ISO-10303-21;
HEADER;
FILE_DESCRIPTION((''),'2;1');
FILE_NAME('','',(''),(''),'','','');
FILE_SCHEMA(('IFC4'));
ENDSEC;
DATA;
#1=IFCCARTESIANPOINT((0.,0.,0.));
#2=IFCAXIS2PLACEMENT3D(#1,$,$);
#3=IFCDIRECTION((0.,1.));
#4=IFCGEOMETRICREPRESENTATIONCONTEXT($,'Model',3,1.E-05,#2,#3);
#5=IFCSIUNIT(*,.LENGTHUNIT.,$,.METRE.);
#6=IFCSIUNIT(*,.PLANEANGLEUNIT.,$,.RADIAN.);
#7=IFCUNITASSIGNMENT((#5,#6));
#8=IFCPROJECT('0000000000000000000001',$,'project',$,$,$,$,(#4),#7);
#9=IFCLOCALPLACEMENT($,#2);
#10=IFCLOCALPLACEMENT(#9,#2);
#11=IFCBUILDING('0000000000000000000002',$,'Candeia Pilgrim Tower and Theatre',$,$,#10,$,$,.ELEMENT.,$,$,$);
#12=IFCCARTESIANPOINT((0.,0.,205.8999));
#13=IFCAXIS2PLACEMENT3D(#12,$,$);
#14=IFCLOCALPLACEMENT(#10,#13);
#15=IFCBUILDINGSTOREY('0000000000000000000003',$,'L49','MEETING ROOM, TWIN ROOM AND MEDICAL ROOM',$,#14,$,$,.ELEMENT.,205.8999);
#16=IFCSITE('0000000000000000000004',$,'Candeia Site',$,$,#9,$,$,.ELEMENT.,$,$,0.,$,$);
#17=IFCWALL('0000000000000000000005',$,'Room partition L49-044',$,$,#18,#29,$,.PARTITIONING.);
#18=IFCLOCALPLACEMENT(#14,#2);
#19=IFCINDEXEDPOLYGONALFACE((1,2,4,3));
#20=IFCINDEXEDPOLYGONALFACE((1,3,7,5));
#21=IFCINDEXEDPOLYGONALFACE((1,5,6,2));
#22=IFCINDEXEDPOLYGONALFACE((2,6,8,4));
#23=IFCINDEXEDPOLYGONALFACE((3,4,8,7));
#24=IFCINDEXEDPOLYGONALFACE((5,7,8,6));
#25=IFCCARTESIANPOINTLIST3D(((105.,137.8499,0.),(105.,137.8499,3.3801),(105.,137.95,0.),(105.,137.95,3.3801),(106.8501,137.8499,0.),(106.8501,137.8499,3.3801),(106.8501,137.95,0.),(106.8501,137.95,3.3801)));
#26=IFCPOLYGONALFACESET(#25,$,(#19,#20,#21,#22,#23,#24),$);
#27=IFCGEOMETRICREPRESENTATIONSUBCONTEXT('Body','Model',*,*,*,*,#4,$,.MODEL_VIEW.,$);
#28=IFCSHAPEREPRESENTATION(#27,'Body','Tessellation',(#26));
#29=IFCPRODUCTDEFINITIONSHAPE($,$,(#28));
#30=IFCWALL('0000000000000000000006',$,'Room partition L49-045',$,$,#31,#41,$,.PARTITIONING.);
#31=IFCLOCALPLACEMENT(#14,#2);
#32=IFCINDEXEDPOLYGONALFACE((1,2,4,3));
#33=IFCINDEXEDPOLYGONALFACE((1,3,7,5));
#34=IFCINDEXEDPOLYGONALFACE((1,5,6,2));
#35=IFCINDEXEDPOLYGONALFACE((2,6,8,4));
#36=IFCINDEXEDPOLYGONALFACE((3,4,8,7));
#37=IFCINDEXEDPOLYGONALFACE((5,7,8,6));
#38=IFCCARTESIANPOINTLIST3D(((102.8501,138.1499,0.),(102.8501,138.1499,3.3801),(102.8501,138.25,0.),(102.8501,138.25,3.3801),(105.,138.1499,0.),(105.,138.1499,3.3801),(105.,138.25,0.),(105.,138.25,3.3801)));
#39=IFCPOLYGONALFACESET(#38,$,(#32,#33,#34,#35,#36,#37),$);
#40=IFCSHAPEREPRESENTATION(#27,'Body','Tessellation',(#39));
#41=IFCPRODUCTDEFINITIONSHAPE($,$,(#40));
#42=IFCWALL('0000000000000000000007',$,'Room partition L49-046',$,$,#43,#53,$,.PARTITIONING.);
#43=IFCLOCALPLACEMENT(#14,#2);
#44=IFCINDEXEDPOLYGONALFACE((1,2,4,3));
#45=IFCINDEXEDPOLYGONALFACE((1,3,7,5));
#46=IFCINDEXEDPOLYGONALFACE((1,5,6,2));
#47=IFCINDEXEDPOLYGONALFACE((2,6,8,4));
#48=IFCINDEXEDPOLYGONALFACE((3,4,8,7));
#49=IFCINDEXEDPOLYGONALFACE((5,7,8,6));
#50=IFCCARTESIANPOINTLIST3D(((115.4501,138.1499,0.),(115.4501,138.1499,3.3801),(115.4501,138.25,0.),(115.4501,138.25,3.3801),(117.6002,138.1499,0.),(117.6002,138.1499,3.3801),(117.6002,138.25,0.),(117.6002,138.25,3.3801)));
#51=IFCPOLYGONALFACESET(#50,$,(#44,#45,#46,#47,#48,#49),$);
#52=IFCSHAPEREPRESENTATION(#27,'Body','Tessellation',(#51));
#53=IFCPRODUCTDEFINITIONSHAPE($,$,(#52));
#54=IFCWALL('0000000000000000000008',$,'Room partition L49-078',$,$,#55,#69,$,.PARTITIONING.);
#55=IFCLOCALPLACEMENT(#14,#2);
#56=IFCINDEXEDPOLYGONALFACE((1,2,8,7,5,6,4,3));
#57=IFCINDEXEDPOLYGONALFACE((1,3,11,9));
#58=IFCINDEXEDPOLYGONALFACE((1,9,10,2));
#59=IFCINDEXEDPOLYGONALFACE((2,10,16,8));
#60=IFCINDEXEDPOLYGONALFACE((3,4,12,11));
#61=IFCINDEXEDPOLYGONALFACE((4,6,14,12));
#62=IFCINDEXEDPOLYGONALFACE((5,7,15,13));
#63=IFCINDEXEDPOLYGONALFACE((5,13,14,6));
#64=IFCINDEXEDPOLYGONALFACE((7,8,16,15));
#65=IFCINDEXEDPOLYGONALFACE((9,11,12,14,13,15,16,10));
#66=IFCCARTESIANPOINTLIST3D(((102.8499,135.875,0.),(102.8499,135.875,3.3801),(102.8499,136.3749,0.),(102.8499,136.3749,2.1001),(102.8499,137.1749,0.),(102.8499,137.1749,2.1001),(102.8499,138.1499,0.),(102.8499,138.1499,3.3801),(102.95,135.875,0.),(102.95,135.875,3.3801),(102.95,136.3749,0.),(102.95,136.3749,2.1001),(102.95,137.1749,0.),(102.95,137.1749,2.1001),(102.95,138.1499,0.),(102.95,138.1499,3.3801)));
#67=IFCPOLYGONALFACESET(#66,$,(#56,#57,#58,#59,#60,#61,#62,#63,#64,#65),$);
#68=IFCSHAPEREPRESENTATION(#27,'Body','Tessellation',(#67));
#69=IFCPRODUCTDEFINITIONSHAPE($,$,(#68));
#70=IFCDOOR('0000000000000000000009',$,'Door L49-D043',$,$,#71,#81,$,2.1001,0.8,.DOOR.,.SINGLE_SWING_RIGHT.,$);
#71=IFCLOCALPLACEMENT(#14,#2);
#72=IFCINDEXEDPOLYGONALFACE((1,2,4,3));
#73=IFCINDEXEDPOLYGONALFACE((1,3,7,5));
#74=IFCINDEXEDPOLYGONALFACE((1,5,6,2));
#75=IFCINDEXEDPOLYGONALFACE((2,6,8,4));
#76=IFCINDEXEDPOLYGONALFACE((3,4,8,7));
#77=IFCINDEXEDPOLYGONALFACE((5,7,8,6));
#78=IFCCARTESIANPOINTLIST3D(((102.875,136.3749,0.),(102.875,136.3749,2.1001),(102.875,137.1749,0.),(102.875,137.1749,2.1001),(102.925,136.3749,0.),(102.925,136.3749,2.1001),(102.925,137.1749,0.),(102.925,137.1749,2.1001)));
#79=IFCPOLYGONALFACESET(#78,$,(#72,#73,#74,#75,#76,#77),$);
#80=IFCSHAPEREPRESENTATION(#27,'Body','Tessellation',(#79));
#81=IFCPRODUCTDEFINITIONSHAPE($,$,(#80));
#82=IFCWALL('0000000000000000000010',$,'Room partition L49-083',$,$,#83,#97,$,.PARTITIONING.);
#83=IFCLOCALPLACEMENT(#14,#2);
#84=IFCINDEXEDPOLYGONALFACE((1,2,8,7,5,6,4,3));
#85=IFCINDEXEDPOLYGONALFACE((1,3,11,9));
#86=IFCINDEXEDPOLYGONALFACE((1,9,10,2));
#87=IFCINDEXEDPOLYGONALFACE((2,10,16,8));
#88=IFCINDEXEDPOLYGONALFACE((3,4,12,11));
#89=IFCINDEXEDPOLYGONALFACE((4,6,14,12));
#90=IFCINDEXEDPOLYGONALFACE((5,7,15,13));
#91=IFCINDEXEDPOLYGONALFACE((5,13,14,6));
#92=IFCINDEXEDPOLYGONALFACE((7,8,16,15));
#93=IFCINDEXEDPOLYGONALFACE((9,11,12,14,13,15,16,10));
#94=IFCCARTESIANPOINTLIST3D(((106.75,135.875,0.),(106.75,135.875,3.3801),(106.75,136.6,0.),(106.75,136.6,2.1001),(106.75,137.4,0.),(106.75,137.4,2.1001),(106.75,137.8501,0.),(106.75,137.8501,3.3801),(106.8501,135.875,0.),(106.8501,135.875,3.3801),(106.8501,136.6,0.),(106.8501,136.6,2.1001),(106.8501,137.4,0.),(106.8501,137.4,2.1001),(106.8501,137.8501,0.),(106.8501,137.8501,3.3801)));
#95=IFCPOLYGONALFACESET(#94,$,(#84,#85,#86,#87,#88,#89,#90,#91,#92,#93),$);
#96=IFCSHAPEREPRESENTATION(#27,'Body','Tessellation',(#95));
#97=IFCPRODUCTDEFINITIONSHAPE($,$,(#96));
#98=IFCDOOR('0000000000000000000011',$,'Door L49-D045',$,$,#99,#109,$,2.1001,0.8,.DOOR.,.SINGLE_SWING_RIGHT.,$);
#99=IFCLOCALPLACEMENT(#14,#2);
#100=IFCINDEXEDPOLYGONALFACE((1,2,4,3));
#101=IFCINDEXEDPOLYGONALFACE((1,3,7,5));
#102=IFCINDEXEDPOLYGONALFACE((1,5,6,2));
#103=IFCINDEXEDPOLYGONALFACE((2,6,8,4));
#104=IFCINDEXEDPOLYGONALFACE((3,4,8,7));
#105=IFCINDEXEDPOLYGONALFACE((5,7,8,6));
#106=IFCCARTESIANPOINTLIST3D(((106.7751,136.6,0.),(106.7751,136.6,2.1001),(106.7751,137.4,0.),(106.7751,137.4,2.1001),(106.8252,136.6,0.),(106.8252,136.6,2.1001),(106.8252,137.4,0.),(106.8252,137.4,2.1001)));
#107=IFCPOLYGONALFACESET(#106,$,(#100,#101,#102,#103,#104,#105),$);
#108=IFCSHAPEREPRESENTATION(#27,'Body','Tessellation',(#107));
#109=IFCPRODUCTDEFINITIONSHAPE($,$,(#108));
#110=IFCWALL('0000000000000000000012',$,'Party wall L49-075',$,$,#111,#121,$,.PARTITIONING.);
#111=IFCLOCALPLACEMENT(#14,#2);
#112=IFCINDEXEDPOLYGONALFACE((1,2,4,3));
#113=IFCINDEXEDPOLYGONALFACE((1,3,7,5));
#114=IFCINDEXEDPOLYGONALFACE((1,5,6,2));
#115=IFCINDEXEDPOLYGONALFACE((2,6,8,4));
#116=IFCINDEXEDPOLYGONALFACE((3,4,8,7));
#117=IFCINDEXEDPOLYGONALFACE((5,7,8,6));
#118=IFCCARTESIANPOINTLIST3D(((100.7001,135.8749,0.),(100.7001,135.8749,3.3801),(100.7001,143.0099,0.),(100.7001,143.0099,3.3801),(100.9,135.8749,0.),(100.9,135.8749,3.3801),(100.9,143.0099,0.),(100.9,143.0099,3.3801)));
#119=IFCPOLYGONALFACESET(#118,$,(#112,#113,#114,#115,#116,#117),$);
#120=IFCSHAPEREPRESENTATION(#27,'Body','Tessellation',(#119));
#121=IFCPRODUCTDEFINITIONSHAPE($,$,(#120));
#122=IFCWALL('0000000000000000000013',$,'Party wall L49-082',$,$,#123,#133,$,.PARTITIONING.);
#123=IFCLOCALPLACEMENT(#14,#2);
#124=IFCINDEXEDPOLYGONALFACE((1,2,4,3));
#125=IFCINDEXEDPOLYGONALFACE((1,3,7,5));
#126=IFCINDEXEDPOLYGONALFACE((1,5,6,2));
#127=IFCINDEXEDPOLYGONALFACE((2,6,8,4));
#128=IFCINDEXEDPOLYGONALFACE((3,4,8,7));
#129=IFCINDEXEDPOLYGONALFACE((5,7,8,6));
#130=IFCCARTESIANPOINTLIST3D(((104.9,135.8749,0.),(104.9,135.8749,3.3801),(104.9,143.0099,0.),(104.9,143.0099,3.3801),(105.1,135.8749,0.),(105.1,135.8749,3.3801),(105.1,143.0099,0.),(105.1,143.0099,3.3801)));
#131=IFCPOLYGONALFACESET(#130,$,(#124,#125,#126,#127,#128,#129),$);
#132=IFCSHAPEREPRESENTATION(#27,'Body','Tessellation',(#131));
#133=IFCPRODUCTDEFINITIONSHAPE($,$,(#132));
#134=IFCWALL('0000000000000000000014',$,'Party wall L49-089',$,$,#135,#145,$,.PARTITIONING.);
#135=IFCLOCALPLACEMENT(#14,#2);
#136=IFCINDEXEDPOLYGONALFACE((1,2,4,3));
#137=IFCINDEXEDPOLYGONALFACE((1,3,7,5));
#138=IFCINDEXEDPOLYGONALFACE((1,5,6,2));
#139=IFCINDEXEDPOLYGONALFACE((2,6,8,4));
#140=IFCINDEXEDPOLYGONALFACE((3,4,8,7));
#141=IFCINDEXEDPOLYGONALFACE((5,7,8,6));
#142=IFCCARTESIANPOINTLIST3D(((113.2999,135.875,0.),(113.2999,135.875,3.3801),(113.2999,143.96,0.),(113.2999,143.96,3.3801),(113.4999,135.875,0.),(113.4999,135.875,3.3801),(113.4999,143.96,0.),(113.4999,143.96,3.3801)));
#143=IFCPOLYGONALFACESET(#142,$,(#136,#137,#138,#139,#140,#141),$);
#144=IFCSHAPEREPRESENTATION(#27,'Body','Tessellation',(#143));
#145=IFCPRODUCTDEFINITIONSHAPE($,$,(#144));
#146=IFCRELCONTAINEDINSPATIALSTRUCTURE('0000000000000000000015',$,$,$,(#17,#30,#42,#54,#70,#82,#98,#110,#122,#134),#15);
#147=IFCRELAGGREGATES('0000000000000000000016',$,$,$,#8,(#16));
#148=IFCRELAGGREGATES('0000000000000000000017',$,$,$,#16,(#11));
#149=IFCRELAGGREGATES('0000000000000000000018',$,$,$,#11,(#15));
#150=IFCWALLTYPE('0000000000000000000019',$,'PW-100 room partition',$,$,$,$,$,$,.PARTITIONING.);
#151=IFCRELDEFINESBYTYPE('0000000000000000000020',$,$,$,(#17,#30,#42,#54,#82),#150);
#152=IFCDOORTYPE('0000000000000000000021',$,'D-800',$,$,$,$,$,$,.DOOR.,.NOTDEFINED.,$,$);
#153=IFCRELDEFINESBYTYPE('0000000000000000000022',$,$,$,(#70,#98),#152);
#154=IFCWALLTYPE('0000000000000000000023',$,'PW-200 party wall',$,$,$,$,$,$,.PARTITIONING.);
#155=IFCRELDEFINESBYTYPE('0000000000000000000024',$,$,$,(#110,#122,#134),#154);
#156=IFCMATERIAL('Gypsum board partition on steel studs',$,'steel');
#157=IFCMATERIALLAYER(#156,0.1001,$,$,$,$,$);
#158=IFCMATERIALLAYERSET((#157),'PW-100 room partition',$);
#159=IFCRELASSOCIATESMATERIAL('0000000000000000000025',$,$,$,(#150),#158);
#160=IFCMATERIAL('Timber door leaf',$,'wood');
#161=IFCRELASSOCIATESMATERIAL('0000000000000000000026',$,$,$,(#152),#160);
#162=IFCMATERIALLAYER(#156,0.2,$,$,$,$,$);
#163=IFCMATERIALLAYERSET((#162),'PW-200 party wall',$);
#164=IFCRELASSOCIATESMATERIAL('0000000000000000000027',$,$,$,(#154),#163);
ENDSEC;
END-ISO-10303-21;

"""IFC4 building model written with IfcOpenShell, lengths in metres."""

from ifc_helpers import new_model, si_unit, direction, frame, frame_2d, origin, place, context, subcontext, project, spatial, rectangle, extrude, material, layer, layer_set, type_object, element, fill, save


model = new_model("IFC4")

# Units and contexts
model_context = context("Model", 3, precision=1e-05, world=origin(), true_north=direction((0.0, 1.0)))
body_context = subcontext(model_context, "Body", "Model", "MODEL_VIEW")
ifc_project = project(units=[si_unit("LENGTHUNIT", "METRE"), si_unit("PLANEANGLEUNIT", "RADIAN")], contexts=[model_context])

# Site, building, storey
site_placement = place(None, origin())
site = spatial("IfcSite", under=ifc_project, at=site_placement, Name="Candeia Site", CompositionType="ELEMENT", RefElevation=0.0)
building_placement = place(site_placement, origin())
building = spatial("IfcBuilding", under=site, at=building_placement, Name="Candeia Pilgrim Tower and Theatre", CompositionType="ELEMENT")
storey_placement = place(building_placement, frame((0.0, 0.0, 205.8999)))
storey = spatial("IfcBuildingStorey", under=building, at=storey_placement, Name="L49", Description="MEETING ROOM, TWIN ROOM AND MEDICAL ROOM", CompositionType="ELEMENT", Elevation=205.8999)

# Walls
ifc_material_1 = material(Name="Gypsum board partition on steel studs", Category="steel")
ifc_layer_1 = layer(ifc_material_1, 0.1001)
ifc_layer_set_1 = layer_set([ifc_layer_1], Name="PW-100 room partition")
wall_type_1 = type_object("IfcWallType", Name="PW-100 room partition", PredefinedType="PARTITIONING", material=ifc_layer_set_1)
wall_1_placement = place(storey_placement, frame((105.0, 137.8999, 0.0), z_axis=(0.0, 0.0, 1.0), x_axis=(1.0, 0.0, 0.0)))
element("IfcWall", 1, at=wall_1_placement, inside=storey, type_object=wall_type_1, Name="Room partition L49-044", PredefinedType="PARTITIONING", context=body_context, shape_type="SweptSolid", body=[
    extrude(rectangle(XDim=1.8501, YDim=0.1001, at=frame_2d((0.925, 0.0))), origin(), (0.0, 0.0, 1.0), 3.3801),
])
wall_2_placement = place(storey_placement, frame((102.8501, 138.2, 0.0), z_axis=(0.0, 0.0, 1.0), x_axis=(1.0, 0.0, 0.0)))
element("IfcWall", 2, at=wall_2_placement, inside=storey, type_object=wall_type_1, Name="Room partition L49-045", PredefinedType="PARTITIONING", context=body_context, shape_type="SweptSolid", body=[
    extrude(rectangle(XDim=2.1499, YDim=0.1001, at=frame_2d((1.075, 0.0))), origin(), (0.0, 0.0, 1.0), 3.3801),
])
wall_3_placement = place(storey_placement, frame((115.45, 138.2, 0.0), z_axis=(0.0, 0.0, 1.0), x_axis=(1.0, 0.0, 0.0)))
element("IfcWall", 3, at=wall_3_placement, inside=storey, type_object=wall_type_1, Name="Room partition L49-046", PredefinedType="PARTITIONING", context=body_context, shape_type="SweptSolid", body=[
    extrude(rectangle(XDim=2.1501, YDim=0.1001, at=frame_2d((1.0752, 0.0))), origin(), (0.0, 0.0, 1.0), 3.3801),
])

# Walls, openings, doors
wall_4_placement = place(storey_placement, frame((102.8999, 135.875, 0.0), z_axis=(0.0, 0.0, 1.0), x_axis=(0.0, 1.0, 0.0)))
wall_4 = element("IfcWall", 4, at=wall_4_placement, inside=storey, type_object=wall_type_1, Name="Room partition L49-078", PredefinedType="PARTITIONING", context=body_context, shape_type="SweptSolid", body=[
    extrude(rectangle(XDim=2.2749, YDim=0.1001, at=frame_2d((1.1375, 0.0))), origin(), (0.0, 0.0, 1.0), 3.3801),
])
opening_1_placement = place(wall_4_placement, frame((0.5, 0.0, 0.0)))
opening_1 = element("IfcOpeningElement", 5, at=opening_1_placement, cuts=wall_4, PredefinedType="OPENING", context=body_context, shape_type="SweptSolid", body=[
    extrude(rectangle(XDim=0.8, YDim=2.1001, at=frame_2d((0.3999, 1.05))), frame((0.0, 0.0601, 0.0), z_axis=(0.0, -1.0, 0.0), x_axis=(1.0, 0.0, 0.0)), (0.0, 0.0, 1.0), 0.1201),
])
ifc_material_2 = material(Name="Timber door leaf", Category="wood")
door_type_1 = type_object("IfcDoorType", Name="D-800", OperationType="NOTDEFINED", PredefinedType="DOOR", material=ifc_material_2)
door_1_placement = place(opening_1_placement, origin())
door_1 = element("IfcDoor", 6, at=door_1_placement, inside=storey, type_object=door_type_1, Name="Door L49-D043", OperationType="SINGLE_SWING_RIGHT", OverallHeight=2.1001, OverallWidth=0.8, PredefinedType="DOOR", context=body_context, shape_type="SweptSolid", body=[
    extrude(rectangle(XDim=0.8, YDim=2.1001, at=frame_2d((0.3999, 1.05))), frame((0.0, 0.0249, 0.0), z_axis=(0.0, -1.0, 0.0), x_axis=(1.0, 0.0, 0.0)), (0.0, 0.0, 1.0), 0.05),
])
fill(opening_1, door_1)
wall_5_placement = place(storey_placement, frame((106.8, 135.875, 0.0), z_axis=(0.0, 0.0, 1.0), x_axis=(0.0, 1.0, 0.0)))
wall_5 = element("IfcWall", 7, at=wall_5_placement, inside=storey, type_object=wall_type_1, Name="Room partition L49-083", PredefinedType="PARTITIONING", context=body_context, shape_type="SweptSolid", body=[
    extrude(rectangle(XDim=1.9751, YDim=0.1001, at=frame_2d((0.9875, 0.0))), origin(), (0.0, 0.0, 1.0), 3.3801),
])
opening_2_placement = place(wall_5_placement, frame((0.7251, 0.0, 0.0)))
opening_2 = element("IfcOpeningElement", 8, at=opening_2_placement, cuts=wall_5, PredefinedType="OPENING", context=body_context, shape_type="SweptSolid", body=[
    extrude(rectangle(XDim=0.8, YDim=2.1001, at=frame_2d((0.3999, 1.05))), frame((0.0, 0.0601, 0.0), z_axis=(0.0, -1.0, 0.0), x_axis=(1.0, 0.0, 0.0)), (0.0, 0.0, 1.0), 0.1201),
])
door_2_placement = place(opening_2_placement, origin())
door_2 = element("IfcDoor", 9, at=door_2_placement, inside=storey, type_object=door_type_1, Name="Door L49-D045", OperationType="SINGLE_SWING_RIGHT", OverallHeight=2.1001, OverallWidth=0.8, PredefinedType="DOOR", context=body_context, shape_type="SweptSolid", body=[
    extrude(rectangle(XDim=0.8, YDim=2.1001, at=frame_2d((0.3999, 1.05))), frame((0.0, 0.0249, 0.0), z_axis=(0.0, -1.0, 0.0), x_axis=(1.0, 0.0, 0.0)), (0.0, 0.0, 1.0), 0.05),
])
fill(opening_2, door_2)

# Walls
ifc_layer_2 = layer(ifc_material_1, 0.2)
ifc_layer_set_2 = layer_set([ifc_layer_2], Name="PW-200 party wall")
wall_type_2 = type_object("IfcWallType", Name="PW-200 party wall", PredefinedType="PARTITIONING", material=ifc_layer_set_2)
for number, where, z_axis, x_axis, name in (
    (10, (100.8, 135.875, 0.0), (0.0, 0.0, 1.0), (0.0, 1.0, 0.0), "Party wall L49-075"),
    (11, (105.0, 135.875, 0.0), (0.0, 0.0, 1.0), (0.0, 1.0, 0.0), "Party wall L49-082"),
):
    element("IfcWall", number, at=place(storey_placement, frame(where, z_axis=z_axis, x_axis=x_axis)), inside=storey, type_object=wall_type_2, Name=name, PredefinedType="PARTITIONING", context=body_context, shape_type="SweptSolid", body=[
        extrude(rectangle(XDim=7.135, YDim=0.2, at=frame_2d((3.5674, 0.0))), origin(), (0.0, 0.0, 1.0), 3.3801),
    ])
wall_6_placement = place(storey_placement, frame((113.3999, 135.875, 0.0), z_axis=(0.0, 0.0, 1.0), x_axis=(0.0, 1.0, 0.0)))
element("IfcWall", 12, at=wall_6_placement, inside=storey, type_object=wall_type_2, Name="Party wall L49-089", PredefinedType="PARTITIONING", context=body_context, shape_type="SweptSolid", body=[
    extrude(rectangle(XDim=8.085, YDim=0.2, at=frame_2d((4.0425, 0.0))), origin(), (0.0, 0.0, 1.0), 3.3801),
])

save(model, "model.ifc")
